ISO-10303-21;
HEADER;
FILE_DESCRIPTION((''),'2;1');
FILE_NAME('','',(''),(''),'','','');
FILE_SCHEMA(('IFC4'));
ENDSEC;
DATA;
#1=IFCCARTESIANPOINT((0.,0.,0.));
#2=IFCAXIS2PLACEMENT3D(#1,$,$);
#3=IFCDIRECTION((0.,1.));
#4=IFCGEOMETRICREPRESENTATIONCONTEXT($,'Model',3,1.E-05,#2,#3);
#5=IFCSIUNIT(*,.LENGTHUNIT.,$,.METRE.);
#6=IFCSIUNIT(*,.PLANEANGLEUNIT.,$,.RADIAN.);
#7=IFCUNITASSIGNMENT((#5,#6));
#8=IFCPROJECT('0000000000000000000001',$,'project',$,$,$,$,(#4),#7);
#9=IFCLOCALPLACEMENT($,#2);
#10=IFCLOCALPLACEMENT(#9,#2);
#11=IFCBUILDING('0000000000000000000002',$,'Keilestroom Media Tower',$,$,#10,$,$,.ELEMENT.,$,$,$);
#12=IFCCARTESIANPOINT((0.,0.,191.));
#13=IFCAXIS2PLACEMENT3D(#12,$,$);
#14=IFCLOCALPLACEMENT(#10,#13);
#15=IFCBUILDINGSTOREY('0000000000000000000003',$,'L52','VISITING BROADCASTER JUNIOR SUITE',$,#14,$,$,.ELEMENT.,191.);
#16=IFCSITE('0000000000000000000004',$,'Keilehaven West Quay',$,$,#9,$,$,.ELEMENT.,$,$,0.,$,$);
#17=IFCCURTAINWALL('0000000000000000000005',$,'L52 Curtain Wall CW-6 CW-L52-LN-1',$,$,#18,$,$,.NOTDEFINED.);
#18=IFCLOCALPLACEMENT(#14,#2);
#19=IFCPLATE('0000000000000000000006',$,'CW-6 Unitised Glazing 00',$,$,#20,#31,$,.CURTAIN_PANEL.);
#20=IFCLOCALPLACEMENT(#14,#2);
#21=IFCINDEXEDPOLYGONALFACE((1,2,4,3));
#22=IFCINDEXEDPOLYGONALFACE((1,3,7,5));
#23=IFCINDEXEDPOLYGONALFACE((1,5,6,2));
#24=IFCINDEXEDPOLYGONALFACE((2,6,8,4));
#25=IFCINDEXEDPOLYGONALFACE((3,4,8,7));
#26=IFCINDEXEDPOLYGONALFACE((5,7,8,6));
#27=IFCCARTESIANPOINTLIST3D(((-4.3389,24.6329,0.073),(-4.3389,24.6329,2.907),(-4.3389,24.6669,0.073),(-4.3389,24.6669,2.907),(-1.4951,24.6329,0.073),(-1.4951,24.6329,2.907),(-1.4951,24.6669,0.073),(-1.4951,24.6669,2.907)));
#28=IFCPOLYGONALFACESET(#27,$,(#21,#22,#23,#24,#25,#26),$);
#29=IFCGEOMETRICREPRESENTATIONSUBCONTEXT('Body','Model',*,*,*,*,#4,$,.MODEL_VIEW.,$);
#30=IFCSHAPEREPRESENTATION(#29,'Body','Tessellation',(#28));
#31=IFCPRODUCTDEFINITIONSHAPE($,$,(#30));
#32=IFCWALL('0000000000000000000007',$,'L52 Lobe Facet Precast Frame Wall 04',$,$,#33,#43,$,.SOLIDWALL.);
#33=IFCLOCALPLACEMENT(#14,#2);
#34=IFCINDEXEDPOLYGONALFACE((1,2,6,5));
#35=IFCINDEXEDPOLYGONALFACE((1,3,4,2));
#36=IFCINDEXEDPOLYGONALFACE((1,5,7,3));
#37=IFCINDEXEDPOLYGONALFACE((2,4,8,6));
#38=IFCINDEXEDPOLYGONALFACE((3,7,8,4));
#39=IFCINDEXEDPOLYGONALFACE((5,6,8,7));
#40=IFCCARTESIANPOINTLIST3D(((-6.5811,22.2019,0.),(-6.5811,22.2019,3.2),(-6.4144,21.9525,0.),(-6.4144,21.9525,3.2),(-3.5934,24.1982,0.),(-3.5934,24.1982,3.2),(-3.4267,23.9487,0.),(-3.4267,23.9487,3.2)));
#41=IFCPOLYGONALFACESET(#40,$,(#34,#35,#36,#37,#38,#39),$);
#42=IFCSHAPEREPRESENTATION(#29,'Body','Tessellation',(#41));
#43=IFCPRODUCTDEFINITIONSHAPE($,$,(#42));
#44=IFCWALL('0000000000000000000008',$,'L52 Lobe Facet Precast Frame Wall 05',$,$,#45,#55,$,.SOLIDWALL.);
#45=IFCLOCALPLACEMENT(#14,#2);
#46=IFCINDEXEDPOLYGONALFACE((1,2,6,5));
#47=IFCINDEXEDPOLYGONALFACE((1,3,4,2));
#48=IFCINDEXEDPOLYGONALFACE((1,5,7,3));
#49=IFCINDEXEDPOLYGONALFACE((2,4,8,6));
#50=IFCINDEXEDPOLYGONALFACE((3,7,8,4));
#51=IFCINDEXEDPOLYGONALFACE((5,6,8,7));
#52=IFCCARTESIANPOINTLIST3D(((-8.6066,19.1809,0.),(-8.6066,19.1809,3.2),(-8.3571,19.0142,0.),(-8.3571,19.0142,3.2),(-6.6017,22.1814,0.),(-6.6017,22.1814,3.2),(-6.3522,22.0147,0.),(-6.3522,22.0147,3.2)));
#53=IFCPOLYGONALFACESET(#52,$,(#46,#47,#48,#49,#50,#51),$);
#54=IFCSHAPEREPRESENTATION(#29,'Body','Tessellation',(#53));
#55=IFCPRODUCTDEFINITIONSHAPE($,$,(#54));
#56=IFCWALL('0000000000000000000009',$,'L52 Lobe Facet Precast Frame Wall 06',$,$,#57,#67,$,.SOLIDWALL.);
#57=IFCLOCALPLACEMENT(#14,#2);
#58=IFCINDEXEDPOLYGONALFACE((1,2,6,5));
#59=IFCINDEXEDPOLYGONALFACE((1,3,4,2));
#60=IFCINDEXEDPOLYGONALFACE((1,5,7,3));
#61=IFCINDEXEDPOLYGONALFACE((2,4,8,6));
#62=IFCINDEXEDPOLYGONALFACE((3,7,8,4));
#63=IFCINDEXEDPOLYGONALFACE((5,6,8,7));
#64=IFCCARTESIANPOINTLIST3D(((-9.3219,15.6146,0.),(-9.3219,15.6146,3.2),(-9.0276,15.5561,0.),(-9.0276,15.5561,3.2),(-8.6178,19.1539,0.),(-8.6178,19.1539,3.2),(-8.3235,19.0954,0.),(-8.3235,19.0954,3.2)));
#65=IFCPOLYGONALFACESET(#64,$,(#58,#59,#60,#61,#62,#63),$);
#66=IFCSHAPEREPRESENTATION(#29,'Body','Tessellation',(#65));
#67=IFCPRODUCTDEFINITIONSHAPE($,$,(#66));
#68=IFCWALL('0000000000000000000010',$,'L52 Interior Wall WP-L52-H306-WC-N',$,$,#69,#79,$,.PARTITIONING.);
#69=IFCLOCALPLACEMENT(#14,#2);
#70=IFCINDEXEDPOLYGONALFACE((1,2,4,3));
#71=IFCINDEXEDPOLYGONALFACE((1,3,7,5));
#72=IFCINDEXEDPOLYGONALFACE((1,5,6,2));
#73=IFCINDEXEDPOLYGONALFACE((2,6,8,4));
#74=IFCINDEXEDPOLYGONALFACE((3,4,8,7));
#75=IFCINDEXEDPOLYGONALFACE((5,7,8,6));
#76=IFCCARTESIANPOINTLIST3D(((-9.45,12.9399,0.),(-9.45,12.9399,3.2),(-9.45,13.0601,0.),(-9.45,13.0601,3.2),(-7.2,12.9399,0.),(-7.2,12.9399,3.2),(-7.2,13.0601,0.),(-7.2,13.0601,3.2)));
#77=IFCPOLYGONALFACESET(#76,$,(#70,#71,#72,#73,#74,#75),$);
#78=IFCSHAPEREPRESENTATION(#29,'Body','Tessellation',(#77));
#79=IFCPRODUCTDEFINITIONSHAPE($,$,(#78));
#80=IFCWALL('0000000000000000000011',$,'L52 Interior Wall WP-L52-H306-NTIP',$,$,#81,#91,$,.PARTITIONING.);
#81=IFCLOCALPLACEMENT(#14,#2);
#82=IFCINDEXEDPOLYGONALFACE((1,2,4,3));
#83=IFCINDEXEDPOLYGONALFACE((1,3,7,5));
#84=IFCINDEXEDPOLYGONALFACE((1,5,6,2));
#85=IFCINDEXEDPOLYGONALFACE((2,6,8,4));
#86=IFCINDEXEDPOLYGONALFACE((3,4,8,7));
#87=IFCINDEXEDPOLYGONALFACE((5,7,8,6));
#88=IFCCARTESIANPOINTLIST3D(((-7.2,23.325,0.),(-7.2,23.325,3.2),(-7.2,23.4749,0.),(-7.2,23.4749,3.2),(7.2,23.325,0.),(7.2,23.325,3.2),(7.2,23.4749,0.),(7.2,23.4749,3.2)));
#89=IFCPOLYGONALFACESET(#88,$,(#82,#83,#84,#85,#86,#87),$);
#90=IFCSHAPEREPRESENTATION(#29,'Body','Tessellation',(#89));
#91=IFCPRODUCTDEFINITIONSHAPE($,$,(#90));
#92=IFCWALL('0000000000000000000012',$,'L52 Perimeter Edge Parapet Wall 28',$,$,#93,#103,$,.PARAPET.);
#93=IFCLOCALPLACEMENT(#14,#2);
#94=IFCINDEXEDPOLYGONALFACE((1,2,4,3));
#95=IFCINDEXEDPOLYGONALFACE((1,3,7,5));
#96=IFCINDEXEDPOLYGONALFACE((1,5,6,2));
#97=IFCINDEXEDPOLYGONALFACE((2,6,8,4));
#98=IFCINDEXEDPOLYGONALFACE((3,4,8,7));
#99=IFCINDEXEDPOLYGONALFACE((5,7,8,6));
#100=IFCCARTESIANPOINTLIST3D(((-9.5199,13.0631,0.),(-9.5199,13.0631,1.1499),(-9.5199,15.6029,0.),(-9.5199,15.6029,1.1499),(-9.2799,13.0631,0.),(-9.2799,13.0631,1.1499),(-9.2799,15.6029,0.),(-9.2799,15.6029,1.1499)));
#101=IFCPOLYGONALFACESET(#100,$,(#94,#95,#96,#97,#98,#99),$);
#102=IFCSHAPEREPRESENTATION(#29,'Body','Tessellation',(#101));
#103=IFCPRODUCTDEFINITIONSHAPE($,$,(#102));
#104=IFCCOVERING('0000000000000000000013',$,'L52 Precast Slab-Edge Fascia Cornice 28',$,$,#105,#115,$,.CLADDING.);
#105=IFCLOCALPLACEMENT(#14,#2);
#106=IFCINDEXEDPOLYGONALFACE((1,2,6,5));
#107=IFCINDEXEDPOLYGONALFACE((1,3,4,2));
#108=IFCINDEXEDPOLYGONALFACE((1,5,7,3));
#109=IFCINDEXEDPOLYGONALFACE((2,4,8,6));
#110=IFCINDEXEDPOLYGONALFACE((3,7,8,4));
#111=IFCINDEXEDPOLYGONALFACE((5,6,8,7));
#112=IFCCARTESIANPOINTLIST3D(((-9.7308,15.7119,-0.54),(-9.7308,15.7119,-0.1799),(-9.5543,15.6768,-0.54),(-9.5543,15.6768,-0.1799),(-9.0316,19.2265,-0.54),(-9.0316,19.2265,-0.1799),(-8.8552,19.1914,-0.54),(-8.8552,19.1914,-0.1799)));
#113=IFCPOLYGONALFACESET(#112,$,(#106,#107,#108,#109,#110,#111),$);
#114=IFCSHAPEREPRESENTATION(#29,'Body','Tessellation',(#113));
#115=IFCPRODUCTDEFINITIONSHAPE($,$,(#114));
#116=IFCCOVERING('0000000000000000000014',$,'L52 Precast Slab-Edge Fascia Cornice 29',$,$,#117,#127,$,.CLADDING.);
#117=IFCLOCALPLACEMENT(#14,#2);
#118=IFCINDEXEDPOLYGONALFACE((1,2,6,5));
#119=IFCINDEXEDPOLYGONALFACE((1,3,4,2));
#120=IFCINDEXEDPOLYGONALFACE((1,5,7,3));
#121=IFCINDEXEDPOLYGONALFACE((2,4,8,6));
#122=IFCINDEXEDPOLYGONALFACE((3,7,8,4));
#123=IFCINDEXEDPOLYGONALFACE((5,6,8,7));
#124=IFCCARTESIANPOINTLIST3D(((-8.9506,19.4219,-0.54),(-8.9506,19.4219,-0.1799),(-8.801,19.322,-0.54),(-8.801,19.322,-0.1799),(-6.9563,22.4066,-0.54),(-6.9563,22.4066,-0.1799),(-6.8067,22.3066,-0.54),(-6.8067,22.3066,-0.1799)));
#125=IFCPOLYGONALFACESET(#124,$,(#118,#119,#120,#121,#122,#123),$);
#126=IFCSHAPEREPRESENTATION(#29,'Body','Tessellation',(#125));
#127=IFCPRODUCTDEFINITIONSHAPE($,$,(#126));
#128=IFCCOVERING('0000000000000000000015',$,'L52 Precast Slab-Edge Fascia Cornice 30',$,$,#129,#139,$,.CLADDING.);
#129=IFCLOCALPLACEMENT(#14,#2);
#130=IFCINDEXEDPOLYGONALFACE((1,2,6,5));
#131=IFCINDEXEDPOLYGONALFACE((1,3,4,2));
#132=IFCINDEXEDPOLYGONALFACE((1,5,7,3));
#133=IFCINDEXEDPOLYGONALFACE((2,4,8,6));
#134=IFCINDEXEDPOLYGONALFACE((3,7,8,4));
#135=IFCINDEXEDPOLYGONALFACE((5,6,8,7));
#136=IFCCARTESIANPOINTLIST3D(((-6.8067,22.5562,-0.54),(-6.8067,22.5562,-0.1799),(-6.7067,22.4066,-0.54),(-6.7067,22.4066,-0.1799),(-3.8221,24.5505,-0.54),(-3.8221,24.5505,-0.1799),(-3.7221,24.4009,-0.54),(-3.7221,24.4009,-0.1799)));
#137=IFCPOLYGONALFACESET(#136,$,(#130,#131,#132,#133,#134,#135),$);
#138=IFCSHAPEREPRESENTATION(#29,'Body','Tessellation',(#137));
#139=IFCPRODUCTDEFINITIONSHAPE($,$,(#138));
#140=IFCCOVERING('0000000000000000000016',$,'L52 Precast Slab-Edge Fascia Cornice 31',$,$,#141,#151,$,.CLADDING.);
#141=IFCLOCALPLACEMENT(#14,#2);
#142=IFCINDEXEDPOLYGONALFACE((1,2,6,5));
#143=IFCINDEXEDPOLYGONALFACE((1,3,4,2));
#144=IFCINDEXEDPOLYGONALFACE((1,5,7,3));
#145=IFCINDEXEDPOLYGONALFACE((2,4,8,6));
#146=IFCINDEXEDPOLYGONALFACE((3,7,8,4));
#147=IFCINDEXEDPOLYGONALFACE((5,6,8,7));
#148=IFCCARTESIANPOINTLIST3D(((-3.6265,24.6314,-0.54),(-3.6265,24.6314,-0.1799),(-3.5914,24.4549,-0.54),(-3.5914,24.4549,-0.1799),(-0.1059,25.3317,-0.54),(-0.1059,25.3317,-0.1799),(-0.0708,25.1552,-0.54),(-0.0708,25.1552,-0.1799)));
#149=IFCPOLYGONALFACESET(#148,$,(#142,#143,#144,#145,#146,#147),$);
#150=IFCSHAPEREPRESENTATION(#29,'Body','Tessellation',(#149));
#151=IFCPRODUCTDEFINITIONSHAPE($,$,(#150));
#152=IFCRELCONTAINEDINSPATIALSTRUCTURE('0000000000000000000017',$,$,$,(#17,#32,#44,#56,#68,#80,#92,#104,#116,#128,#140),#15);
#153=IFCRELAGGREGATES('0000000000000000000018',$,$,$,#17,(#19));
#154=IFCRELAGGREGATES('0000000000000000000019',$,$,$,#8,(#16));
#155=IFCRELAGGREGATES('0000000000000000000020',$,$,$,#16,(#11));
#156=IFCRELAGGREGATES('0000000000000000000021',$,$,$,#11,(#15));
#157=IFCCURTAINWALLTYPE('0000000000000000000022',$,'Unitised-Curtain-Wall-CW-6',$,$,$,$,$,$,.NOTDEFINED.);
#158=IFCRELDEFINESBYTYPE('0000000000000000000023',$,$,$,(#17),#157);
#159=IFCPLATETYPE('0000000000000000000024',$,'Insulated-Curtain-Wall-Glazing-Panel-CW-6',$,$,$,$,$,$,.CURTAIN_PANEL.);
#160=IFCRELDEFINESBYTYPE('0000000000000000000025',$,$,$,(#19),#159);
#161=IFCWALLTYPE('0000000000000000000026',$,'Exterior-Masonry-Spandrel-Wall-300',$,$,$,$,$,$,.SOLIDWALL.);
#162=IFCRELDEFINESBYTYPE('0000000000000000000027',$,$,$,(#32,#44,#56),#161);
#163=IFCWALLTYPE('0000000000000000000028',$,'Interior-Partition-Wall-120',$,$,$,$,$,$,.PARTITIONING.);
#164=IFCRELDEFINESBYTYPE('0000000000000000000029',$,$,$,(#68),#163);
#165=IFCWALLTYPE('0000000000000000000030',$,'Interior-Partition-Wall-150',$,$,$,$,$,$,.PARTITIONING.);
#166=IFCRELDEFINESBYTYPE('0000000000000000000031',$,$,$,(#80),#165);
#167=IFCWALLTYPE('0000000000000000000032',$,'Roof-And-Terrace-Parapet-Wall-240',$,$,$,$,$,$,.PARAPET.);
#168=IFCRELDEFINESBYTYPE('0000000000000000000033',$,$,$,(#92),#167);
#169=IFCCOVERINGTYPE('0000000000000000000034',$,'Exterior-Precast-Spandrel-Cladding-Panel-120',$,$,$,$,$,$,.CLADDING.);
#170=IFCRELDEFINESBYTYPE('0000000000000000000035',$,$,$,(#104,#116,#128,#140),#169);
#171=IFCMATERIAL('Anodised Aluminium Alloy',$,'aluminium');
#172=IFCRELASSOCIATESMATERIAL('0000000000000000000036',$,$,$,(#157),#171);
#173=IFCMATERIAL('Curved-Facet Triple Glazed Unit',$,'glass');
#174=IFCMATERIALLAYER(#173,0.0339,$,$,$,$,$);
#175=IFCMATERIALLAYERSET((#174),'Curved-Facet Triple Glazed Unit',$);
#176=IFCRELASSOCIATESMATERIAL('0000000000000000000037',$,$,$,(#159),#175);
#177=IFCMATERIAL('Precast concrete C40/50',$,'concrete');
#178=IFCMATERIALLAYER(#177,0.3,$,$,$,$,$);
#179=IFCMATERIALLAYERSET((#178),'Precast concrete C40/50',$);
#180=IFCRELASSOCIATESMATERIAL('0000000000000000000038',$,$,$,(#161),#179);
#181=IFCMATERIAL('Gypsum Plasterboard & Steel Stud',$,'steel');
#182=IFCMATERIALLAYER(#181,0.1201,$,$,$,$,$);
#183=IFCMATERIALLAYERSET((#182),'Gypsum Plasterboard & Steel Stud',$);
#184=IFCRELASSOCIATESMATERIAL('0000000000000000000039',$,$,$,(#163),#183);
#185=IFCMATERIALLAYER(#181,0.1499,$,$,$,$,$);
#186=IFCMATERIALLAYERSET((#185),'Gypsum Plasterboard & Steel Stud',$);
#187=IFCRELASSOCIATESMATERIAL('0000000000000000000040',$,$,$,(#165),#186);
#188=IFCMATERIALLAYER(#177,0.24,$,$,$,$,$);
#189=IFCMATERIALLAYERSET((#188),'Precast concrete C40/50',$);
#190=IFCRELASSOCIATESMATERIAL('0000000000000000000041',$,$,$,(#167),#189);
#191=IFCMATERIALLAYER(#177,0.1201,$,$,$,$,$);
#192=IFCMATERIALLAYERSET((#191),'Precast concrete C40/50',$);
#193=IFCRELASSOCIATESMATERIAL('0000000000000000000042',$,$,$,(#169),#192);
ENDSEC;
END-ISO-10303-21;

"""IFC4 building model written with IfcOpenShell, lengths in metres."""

from ifc_helpers import new_model, si_unit, direction, frame, frame_2d, origin, origin_2d, place, context, subcontext, project, spatial, rectangle, extrude, source, transform, mapped, material, layer, layer_set, type_object, element, aggregate, save


model = new_model("IFC4")

# Units and contexts
model_context = context("Model", 3, precision=1e-05, world=origin(), true_north=direction((0.0, 1.0)))
body_context = subcontext(model_context, "Body", "Model", "MODEL_VIEW")
ifc_project = project(units=[si_unit("LENGTHUNIT", "METRE"), si_unit("PLANEANGLEUNIT", "RADIAN")], contexts=[model_context])

# Site, building, storey
site_placement = place(None, origin())
site = spatial("IfcSite", under=ifc_project, at=site_placement, Name="Keilehaven West Quay", CompositionType="ELEMENT", RefElevation=0.0)
building_placement = place(site_placement, origin())
building = spatial("IfcBuilding", under=site, at=building_placement, Name="Keilestroom Media Tower", CompositionType="ELEMENT")
storey_placement = place(building_placement, frame((0.0, 0.0, 191.0)))
storey = spatial("IfcBuildingStorey", under=building, at=storey_placement, Name="L52", Description="VISITING BROADCASTER JUNIOR SUITE", CompositionType="ELEMENT", Elevation=191.0)

# Curtain wall, plate
ifc_material_1 = material(Name="Anodised Aluminium Alloy", Category="aluminium")
curtain_wall_type = type_object("IfcCurtainWallType", Name="Unitised-Curtain-Wall-CW-6", PredefinedType="NOTDEFINED", material=ifc_material_1)
curtain_wall_placement = place(storey_placement, origin())
curtain_wall = element("IfcCurtainWall", 1, at=curtain_wall_placement, inside=storey, type_object=curtain_wall_type, Name="L52 Curtain Wall CW-6 CW-L52-LN-1", PredefinedType="NOTDEFINED")
ifc_material_2 = material(Name="Curved-Facet Triple Glazed Unit", Category="glass")
ifc_layer_1 = layer(ifc_material_2, 0.0339)
ifc_layer_set_1 = layer_set([ifc_layer_1], Name="Curved-Facet Triple Glazed Unit")
plate_type = type_object("IfcPlateType", Name="Insulated-Curtain-Wall-Glazing-Panel-CW-6", PredefinedType="CURTAIN_PANEL", material=ifc_layer_set_1)
shared_shape_1 = source(origin(), body_context, "Body", "SweptSolid", [
    extrude(rectangle(XDim=2.8438, YDim=0.0339, at=origin_2d()), origin(), (0.0, 0.0, 1.0), 2.834),
])
plate_placement = place(storey_placement, frame((-2.917, 24.6499, 0.073), z_axis=(0.0, 0.0, 1.0), x_axis=(1.0, 0.0, 0.0)))
plate = element("IfcPlate", 2, at=plate_placement, type_object=plate_type, Name="CW-6 Unitised Glazing 00", PredefinedType="CURTAIN_PANEL", context=body_context, shape_type="MappedRepresentation", body=[
    mapped(shared_shape_1, transform((0.0, 0.0, 0.0), x_axis=(1.0, 0.0, 0.0), y_axis=(0.0, 1.0, 0.0), z_axis=(0.0, 0.0, 1.0), scale=1.0)),
])
aggregate(curtain_wall, [plate])

# Walls
ifc_material_3 = material(Name="Precast concrete C40/50", Category="concrete")
ifc_layer_2 = layer(ifc_material_3, 0.3)
ifc_layer_set_2 = layer_set([ifc_layer_2], Name="Precast concrete C40/50")
wall_type_1 = type_object("IfcWallType", Name="Exterior-Masonry-Spandrel-Wall-300", PredefinedType="SOLIDWALL", material=ifc_layer_set_2)
wall_1_placement = place(storey_placement, frame((-3.51, 24.0735, 0.0), z_axis=(0.0, 0.0, 1.0), x_axis=(-0.831475, -0.555562, 0.0)))
element("IfcWall", 3, at=wall_1_placement, inside=storey, type_object=wall_type_1, Name="L52 Lobe Facet Precast Frame Wall 04", PredefinedType="SOLIDWALL", context=body_context, shape_type="SweptSolid", body=[
    extrude(rectangle(XDim=3.5933, YDim=0.3, at=frame_2d((1.7966, 0.0))), origin(), (0.0, 0.0, 1.0), 3.2),
])
for number, where, z_axis, x_axis, name in (
    (4, (-6.4771, 22.0979, 0.0), (0.0, 0.0, 1.0), (-0.555574, -0.831467, 0.0), "L52 Lobe Facet Precast Frame Wall 05"),
    (5, (-8.4707, 19.1245, 0.0), (0.0, 0.0, 1.0), (-0.195114, -0.980781, 0.0), "L52 Lobe Facet Precast Frame Wall 06"),
):
    element("IfcWall", number, at=place(storey_placement, frame(where, z_axis=z_axis, x_axis=x_axis)), inside=storey, type_object=wall_type_1, Name=name, PredefinedType="SOLIDWALL", context=body_context, shape_type="SweptSolid", body=[
        extrude(rectangle(XDim=3.6086, YDim=0.3, at=frame_2d((1.8042, 0.0))), origin(), (0.0, 0.0, 1.0), 3.2),
    ])
ifc_material_4 = material(Name="Gypsum Plasterboard & Steel Stud", Category="steel")
ifc_layer_3 = layer(ifc_material_4, 0.1201)
ifc_layer_set_3 = layer_set([ifc_layer_3], Name="Gypsum Plasterboard & Steel Stud")
wall_type_2 = type_object("IfcWallType", Name="Interior-Partition-Wall-120", PredefinedType="PARTITIONING", material=ifc_layer_set_3)
wall_2_placement = place(storey_placement, frame((-9.45, 13.0, 0.0), z_axis=(0.0, 0.0, 1.0), x_axis=(1.0, 0.0, 0.0)))
element("IfcWall", 6, at=wall_2_placement, inside=storey, type_object=wall_type_2, Name="L52 Interior Wall WP-L52-H306-WC-N", PredefinedType="PARTITIONING", context=body_context, shape_type="SweptSolid", body=[
    extrude(rectangle(XDim=2.25, YDim=0.1201, at=frame_2d((1.125, 0.0))), origin(), (0.0, 0.0, 1.0), 3.2),
])
ifc_layer_4 = layer(ifc_material_4, 0.1499)
ifc_layer_set_4 = layer_set([ifc_layer_4], Name="Gypsum Plasterboard & Steel Stud")
wall_type_3 = type_object("IfcWallType", Name="Interior-Partition-Wall-150", PredefinedType="PARTITIONING", material=ifc_layer_set_4)
wall_3_placement = place(storey_placement, frame((-7.2, 23.3999, 0.0), z_axis=(0.0, 0.0, 1.0), x_axis=(1.0, 0.0, 0.0)))
element("IfcWall", 7, at=wall_3_placement, inside=storey, type_object=wall_type_3, Name="L52 Interior Wall WP-L52-H306-NTIP", PredefinedType="PARTITIONING", context=body_context, shape_type="SweptSolid", body=[
    extrude(rectangle(XDim=14.3999, YDim=0.1499, at=frame_2d((7.2, 0.0))), origin(), (0.0, 0.0, 1.0), 3.2),
])
ifc_layer_5 = layer(ifc_material_3, 0.24)
ifc_layer_set_5 = layer_set([ifc_layer_5], Name="Precast concrete C40/50")
wall_type_4 = type_object("IfcWallType", Name="Roof-And-Terrace-Parapet-Wall-240", PredefinedType="PARAPET", material=ifc_layer_set_5)
wall_4_placement = place(storey_placement, frame((-9.3999, 13.063, 0.0), z_axis=(0.0, 0.0, 1.0), x_axis=(0.0, 1.0, 0.0)))
element("IfcWall", 8, at=wall_4_placement, inside=storey, type_object=wall_type_4, Name="L52 Perimeter Edge Parapet Wall 28", PredefinedType="PARAPET", context=body_context, shape_type="SweptSolid", body=[
    extrude(rectangle(XDim=2.5398, YDim=0.24, at=frame_2d((1.27, 0.0))), origin(), (0.0, 0.0, 1.0), 1.1499),
])

# Coverings
ifc_layer_6 = layer(ifc_material_3, 0.1201)
ifc_layer_set_6 = layer_set([ifc_layer_6], Name="Precast concrete C40/50")
covering_type = type_object("IfcCoveringType", Name="Exterior-Precast-Spandrel-Cladding-Panel-120", PredefinedType="CLADDING", material=ifc_layer_set_6)
shared_shape_2 = source(origin(), body_context, "Body", "SweptSolid", [
    extrude(rectangle(XDim=3.5835, YDim=0.1799, at=origin_2d()), origin(), (0.0, 0.0, 1.0), 0.3601),
])
covering_placement = place(storey_placement, frame((-9.293, 17.4517, -0.54), z_axis=(0.0, 0.0, 1.0), x_axis=(0.195099, 0.980784, 0.0)))
element("IfcCovering", 9, at=covering_placement, inside=storey, type_object=covering_type, Name="L52 Precast Slab-Edge Fascia Cornice 28", PredefinedType="CLADDING", context=body_context, shape_type="MappedRepresentation", body=[
    mapped(shared_shape_2, transform((0.0, 0.0, 0.0), x_axis=(1.0, 0.0, 0.0), y_axis=(0.0, 1.0, 0.0), z_axis=(0.0, 0.0, 1.0), scale=1.0)),
])
shared_shape_3 = source(origin(), body_context, "Body", "SweptSolid", [
    extrude(rectangle(XDim=3.5896, YDim=0.1799, at=origin_2d()), origin(), (0.0, 0.0, 1.0), 0.3601),
])
for number, where, z_axis, x_axis, name in (
    (10, (-7.8787, 20.8643, -0.54), (0.0, 0.0, 1.0), (0.555575, 0.831467, 0.0), "L52 Precast Slab-Edge Fascia Cornice 29"),
    (11, (-5.2644, 23.4785, -0.54), (0.0, 0.0, 1.0), (0.831467, 0.555575, 0.0), "L52 Precast Slab-Edge Fascia Cornice 30"),
    (12, (-1.8486, 24.8933, -0.54), (0.0, 0.0, 1.0), (0.980784, 0.195099, 0.0), "L52 Precast Slab-Edge Fascia Cornice 31"),
):
    element("IfcCovering", number, at=place(storey_placement, frame(where, z_axis=z_axis, x_axis=x_axis)), inside=storey, type_object=covering_type, Name=name, PredefinedType="CLADDING", context=body_context, shape_type="MappedRepresentation", body=[
        mapped(shared_shape_3, transform((0.0, 0.0, 0.0), x_axis=(1.0, 0.0, 0.0), y_axis=(0.0, 1.0, 0.0), z_axis=(0.0, 0.0, 1.0), scale=1.0)),
    ])

save(model, "model.ifc")
